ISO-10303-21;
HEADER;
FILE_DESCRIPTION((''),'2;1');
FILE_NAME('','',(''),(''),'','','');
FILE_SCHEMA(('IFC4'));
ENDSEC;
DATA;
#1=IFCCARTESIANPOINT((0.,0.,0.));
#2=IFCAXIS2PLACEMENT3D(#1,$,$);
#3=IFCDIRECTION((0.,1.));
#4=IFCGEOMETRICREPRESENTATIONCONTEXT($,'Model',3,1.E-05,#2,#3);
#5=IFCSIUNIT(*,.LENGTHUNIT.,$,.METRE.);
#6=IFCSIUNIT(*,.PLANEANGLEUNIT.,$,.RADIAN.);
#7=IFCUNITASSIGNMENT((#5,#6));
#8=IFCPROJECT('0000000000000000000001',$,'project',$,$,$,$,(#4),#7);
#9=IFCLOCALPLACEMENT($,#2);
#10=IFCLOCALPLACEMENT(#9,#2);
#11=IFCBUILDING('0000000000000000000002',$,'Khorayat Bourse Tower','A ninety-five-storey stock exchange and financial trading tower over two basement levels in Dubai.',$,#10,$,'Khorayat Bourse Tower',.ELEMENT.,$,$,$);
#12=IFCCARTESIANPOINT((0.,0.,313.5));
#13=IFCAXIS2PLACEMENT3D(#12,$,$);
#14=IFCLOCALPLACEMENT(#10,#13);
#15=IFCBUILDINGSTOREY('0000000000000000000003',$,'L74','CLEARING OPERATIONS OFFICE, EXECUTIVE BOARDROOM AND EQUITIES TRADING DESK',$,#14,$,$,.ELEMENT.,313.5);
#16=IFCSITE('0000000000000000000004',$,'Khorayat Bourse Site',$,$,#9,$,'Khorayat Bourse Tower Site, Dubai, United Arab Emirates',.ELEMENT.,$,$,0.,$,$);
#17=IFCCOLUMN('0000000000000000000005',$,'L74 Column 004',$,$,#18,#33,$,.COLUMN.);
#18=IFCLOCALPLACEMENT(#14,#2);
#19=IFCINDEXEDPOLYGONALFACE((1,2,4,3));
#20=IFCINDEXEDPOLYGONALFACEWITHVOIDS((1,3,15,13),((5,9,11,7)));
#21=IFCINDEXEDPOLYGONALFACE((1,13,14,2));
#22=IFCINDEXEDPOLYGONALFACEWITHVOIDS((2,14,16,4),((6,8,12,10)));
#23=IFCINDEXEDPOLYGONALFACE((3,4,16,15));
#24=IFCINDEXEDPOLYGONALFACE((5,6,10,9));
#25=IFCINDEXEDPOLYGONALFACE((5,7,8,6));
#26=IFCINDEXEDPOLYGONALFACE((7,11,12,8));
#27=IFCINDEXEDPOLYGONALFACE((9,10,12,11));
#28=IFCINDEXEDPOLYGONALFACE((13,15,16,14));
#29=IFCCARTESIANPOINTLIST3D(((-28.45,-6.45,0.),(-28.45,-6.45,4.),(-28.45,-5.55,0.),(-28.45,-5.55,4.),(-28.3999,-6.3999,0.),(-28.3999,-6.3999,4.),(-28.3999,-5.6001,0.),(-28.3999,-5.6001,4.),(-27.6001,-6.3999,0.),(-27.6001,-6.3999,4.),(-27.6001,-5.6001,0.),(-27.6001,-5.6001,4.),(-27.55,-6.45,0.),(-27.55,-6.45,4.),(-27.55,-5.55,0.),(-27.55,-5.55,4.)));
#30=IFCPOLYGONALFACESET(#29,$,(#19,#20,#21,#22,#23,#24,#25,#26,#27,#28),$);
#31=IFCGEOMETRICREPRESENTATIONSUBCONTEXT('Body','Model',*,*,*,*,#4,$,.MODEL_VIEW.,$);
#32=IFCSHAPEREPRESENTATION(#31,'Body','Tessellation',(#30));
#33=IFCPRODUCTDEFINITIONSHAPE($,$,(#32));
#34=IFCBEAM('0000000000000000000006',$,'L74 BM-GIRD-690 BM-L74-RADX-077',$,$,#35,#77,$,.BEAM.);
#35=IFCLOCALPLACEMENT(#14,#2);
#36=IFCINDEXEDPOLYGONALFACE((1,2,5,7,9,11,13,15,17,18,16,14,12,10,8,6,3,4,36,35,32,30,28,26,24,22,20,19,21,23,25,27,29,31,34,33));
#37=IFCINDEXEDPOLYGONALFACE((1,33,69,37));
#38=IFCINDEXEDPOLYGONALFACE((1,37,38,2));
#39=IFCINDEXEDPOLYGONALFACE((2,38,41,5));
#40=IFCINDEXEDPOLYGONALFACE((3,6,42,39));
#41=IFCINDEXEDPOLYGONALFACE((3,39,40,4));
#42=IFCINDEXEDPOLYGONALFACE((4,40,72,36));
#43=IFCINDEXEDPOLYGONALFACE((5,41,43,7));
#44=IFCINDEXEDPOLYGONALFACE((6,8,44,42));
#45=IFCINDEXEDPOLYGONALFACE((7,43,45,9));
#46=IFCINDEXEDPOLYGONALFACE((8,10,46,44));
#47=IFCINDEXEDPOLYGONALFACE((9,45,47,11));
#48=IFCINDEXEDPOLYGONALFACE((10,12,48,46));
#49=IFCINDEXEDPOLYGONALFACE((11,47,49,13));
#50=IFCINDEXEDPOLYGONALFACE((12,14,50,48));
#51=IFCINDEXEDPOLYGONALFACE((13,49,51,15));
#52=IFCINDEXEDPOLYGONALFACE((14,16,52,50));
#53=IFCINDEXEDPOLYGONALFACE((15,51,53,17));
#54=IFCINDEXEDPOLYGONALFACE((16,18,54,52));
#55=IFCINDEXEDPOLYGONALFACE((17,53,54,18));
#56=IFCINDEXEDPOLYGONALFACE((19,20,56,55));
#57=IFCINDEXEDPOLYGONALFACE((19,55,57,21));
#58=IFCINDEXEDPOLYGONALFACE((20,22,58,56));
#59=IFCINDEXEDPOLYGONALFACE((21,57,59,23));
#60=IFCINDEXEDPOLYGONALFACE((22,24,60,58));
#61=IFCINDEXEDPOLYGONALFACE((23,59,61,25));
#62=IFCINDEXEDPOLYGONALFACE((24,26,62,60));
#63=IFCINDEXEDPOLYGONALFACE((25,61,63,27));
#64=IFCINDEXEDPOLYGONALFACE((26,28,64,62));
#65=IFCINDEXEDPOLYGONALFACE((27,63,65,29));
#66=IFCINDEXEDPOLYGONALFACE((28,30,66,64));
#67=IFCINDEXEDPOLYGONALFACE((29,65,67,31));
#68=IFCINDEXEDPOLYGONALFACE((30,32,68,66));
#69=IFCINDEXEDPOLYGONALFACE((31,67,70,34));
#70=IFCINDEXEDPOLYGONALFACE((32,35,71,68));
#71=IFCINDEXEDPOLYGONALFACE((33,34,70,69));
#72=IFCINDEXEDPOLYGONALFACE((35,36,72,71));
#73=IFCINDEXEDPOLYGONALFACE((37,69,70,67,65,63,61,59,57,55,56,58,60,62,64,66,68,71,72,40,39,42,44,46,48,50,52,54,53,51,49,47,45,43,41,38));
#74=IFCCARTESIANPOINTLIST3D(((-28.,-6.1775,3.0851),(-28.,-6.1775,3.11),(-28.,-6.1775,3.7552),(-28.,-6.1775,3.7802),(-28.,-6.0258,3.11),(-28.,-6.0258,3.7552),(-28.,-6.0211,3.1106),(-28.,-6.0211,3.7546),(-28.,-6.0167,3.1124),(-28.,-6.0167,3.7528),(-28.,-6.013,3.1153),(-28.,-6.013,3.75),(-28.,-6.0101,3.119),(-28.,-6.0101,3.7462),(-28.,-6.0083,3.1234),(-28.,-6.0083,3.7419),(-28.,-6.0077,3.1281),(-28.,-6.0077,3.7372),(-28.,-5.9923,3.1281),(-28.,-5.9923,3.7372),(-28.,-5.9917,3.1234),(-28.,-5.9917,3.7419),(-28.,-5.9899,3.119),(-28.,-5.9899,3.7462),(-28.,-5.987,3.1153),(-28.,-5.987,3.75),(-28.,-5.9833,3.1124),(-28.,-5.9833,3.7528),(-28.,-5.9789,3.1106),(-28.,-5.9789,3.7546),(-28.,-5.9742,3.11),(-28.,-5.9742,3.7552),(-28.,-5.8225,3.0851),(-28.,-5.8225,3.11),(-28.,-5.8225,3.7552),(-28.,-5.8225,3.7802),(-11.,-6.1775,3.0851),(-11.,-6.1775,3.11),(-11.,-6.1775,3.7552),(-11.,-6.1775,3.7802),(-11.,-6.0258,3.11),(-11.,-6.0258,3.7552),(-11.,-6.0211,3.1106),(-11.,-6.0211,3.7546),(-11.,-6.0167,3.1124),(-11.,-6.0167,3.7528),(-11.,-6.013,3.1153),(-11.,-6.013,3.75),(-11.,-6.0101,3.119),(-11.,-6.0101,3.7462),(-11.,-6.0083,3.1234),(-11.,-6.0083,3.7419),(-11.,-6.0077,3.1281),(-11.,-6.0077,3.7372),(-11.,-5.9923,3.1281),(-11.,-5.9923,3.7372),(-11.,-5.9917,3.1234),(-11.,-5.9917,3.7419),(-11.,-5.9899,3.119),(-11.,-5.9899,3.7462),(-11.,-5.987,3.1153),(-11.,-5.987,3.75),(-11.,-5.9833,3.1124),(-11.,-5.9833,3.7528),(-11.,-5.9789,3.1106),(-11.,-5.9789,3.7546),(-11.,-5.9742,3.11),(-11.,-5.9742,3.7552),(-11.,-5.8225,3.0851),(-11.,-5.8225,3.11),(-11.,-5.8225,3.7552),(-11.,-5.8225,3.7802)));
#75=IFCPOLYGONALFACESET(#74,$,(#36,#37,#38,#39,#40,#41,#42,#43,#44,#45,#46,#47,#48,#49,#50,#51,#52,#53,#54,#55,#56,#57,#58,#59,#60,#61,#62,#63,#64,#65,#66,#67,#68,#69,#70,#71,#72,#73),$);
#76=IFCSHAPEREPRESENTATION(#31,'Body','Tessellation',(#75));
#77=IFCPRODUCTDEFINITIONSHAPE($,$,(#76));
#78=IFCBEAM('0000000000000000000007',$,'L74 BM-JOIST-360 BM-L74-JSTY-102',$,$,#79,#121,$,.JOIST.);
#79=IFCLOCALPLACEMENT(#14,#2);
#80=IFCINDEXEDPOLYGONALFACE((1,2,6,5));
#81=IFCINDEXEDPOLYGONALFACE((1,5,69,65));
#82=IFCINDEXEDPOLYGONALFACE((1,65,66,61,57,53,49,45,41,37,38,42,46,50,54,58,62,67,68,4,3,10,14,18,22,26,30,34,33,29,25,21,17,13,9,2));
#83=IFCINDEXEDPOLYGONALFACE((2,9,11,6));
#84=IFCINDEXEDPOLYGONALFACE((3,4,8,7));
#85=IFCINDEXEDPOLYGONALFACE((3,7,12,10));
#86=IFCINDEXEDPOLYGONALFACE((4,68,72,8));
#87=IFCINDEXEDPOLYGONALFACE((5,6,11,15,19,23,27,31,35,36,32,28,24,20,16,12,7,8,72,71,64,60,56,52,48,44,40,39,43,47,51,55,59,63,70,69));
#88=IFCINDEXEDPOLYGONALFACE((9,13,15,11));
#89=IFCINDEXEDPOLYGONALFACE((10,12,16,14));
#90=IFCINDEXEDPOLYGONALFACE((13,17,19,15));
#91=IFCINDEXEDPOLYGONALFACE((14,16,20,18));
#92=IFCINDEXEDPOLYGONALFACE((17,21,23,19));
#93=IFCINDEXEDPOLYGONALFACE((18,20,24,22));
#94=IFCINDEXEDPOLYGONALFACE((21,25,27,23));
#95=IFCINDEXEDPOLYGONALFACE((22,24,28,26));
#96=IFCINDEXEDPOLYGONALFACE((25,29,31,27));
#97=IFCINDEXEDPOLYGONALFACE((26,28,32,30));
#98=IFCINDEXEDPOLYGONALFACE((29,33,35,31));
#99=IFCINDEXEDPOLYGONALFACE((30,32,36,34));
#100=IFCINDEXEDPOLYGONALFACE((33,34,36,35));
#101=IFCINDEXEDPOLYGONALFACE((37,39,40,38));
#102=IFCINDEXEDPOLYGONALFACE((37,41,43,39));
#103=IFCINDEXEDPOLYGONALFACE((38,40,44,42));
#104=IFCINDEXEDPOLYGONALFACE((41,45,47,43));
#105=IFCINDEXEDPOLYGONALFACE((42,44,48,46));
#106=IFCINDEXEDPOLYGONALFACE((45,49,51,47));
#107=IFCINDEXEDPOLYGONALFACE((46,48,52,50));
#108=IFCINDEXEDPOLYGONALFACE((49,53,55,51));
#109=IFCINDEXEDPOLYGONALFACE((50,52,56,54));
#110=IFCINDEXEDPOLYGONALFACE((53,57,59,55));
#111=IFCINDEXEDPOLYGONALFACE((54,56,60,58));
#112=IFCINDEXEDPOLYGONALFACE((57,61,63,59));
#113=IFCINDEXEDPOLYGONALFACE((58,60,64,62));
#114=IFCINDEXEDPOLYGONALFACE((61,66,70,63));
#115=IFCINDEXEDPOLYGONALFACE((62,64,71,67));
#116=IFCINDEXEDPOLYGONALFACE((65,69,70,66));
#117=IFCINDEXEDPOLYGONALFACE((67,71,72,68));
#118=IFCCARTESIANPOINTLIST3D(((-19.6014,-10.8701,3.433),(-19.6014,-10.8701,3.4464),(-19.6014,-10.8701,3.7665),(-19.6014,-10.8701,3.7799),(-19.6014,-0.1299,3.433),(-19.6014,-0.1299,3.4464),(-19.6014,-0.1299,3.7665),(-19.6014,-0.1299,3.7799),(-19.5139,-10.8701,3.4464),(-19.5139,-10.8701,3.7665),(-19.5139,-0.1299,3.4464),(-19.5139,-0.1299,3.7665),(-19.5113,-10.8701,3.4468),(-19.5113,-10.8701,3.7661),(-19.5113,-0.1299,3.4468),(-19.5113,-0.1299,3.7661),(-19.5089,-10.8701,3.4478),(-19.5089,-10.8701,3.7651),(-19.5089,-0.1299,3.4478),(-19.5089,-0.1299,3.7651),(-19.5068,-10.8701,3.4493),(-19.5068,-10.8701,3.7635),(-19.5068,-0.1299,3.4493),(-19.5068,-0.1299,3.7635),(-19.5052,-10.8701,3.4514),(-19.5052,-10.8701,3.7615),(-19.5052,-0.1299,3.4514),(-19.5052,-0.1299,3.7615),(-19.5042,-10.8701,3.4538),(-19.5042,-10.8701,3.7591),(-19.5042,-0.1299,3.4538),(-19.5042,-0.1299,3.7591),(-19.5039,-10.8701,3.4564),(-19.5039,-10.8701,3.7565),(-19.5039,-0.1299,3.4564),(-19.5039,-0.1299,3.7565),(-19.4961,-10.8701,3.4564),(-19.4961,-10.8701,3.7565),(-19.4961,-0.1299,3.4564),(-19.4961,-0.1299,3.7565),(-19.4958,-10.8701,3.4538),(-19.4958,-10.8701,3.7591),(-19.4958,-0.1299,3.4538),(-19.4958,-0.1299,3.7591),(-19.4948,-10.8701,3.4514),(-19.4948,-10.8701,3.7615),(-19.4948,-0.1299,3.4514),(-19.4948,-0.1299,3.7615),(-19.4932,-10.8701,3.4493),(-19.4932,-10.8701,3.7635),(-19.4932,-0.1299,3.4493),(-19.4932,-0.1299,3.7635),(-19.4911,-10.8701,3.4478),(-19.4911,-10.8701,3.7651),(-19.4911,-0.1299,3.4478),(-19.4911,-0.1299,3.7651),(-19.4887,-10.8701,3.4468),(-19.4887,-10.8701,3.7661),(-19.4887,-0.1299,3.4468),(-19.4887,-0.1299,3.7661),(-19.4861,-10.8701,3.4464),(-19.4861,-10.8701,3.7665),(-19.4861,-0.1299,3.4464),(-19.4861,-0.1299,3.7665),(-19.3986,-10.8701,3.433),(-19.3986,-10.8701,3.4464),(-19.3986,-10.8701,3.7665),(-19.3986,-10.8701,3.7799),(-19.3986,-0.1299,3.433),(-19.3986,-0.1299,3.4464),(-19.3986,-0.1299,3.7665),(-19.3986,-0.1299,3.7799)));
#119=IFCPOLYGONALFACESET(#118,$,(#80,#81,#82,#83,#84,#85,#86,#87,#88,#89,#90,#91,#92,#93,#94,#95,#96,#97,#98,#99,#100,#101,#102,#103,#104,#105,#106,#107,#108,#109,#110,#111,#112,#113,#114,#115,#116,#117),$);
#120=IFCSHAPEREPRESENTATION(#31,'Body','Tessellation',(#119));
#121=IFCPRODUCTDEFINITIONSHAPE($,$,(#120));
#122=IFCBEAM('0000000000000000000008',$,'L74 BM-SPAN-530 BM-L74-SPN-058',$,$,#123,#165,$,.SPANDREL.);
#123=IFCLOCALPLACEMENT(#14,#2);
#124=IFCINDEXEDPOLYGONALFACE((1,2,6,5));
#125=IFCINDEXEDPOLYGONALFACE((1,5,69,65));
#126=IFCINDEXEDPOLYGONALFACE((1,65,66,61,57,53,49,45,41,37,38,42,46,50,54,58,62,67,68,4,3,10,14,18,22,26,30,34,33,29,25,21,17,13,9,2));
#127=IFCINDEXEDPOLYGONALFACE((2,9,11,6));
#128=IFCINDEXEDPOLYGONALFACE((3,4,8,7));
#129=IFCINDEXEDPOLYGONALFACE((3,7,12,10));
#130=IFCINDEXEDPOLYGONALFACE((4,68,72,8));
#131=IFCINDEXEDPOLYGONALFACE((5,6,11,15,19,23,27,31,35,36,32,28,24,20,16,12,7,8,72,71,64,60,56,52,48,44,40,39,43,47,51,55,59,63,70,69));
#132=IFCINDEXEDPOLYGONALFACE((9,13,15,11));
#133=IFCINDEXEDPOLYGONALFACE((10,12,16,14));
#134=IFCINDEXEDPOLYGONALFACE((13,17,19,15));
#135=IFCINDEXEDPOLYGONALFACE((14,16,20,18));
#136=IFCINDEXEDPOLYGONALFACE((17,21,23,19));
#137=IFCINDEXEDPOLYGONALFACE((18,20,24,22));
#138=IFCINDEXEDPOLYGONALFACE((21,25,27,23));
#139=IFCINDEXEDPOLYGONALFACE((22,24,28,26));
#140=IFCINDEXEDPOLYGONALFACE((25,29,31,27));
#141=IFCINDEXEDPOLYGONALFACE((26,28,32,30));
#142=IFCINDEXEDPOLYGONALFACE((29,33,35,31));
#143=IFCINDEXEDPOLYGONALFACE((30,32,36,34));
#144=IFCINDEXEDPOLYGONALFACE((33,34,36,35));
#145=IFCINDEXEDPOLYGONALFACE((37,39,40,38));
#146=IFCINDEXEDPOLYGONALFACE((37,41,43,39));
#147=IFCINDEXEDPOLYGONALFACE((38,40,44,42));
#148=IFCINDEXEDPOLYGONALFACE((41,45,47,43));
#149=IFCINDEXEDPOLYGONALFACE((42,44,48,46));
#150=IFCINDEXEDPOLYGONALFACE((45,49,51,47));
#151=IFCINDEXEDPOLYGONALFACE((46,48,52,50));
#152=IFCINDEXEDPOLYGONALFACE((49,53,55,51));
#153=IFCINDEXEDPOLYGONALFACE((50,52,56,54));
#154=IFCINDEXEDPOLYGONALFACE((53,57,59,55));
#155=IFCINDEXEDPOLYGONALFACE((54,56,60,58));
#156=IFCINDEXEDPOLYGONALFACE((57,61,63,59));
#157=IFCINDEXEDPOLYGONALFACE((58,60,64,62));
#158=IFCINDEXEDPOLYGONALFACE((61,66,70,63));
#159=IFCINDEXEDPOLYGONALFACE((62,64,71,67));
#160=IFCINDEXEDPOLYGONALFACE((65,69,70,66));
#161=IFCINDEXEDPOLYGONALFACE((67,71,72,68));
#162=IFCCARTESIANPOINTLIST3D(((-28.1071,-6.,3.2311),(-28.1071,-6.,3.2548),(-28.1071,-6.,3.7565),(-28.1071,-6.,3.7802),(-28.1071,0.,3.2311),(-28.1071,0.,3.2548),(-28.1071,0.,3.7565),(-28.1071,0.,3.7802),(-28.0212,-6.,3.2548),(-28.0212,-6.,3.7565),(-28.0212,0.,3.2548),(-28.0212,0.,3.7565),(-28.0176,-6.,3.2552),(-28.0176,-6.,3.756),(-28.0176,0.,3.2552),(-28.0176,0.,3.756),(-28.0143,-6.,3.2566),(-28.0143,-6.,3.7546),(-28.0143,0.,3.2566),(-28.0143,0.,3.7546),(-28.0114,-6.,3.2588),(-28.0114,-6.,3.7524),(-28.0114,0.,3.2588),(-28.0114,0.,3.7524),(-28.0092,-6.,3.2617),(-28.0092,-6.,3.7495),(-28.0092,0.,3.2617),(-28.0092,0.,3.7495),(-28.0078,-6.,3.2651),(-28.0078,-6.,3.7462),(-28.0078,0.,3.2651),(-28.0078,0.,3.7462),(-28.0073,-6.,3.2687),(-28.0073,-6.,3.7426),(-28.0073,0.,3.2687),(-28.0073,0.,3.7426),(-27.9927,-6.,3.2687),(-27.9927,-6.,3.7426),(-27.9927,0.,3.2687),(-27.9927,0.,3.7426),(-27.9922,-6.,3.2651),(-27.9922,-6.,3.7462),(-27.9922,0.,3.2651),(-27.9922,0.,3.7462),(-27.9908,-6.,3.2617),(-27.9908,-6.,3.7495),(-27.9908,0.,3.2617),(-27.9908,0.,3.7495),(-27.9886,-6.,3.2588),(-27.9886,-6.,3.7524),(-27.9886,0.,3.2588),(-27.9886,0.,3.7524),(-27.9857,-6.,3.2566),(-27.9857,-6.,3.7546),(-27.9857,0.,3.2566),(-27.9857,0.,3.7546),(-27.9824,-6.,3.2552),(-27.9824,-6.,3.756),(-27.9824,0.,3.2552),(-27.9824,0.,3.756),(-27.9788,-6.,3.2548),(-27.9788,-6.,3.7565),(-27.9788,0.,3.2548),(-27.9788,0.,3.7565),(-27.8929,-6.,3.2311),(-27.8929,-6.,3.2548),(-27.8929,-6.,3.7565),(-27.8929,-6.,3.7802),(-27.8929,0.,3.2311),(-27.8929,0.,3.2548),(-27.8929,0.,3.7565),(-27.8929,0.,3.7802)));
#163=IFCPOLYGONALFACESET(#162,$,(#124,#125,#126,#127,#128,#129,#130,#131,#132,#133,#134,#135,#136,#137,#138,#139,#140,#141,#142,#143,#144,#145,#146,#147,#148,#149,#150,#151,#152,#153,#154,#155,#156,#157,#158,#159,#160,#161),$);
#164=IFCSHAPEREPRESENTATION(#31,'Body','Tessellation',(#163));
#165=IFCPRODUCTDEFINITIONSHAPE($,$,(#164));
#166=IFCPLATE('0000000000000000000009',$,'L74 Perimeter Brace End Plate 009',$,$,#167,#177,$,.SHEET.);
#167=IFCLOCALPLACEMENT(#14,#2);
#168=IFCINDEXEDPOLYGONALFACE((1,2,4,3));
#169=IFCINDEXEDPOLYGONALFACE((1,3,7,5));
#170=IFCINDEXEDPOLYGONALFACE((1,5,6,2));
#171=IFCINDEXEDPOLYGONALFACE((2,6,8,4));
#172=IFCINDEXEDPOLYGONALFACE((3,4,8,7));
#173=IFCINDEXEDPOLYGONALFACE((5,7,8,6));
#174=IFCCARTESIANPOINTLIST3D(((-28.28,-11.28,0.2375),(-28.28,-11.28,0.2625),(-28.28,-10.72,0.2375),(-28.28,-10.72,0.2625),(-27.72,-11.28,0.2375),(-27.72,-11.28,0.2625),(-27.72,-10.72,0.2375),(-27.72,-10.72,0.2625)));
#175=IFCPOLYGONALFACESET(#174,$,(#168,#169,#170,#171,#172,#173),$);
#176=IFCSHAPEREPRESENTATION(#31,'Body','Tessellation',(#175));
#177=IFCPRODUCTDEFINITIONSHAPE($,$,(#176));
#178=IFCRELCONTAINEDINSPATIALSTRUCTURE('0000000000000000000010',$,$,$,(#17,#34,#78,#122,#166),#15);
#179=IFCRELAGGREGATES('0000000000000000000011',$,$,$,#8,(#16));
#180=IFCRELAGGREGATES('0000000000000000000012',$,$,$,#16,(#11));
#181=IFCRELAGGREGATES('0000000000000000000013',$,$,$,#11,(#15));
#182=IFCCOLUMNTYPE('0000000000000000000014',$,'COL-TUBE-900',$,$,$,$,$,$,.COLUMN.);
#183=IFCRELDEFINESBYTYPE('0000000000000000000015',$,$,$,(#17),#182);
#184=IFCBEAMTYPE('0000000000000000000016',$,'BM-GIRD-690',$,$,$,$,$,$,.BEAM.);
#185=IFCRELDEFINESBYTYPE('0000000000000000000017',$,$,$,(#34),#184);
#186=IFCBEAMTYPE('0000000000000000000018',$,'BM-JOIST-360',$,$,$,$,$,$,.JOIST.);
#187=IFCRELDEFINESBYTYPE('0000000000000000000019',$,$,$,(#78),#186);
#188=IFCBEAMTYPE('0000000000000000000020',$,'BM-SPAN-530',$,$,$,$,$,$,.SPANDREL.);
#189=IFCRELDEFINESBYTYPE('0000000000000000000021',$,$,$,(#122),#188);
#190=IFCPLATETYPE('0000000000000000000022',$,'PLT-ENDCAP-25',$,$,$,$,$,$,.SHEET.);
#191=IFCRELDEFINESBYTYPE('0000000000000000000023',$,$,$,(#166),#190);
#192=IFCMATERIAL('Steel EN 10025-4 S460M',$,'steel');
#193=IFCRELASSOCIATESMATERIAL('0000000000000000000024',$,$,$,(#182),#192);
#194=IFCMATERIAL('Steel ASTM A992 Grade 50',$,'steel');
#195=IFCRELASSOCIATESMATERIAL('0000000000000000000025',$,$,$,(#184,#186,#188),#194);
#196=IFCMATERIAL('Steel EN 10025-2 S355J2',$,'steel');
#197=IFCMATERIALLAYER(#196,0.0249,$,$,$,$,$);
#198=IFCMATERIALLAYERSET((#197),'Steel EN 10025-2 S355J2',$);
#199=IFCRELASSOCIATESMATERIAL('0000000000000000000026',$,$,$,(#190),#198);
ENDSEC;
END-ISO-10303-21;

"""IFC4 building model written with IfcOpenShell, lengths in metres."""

from ifc_helpers import new_model, si_unit, direction, frame, origin, origin_2d, place, context, subcontext, project, spatial, rectangle, hollow_rectangle, i_section, extrude, source, transform, mapped, material, layer, layer_set, material_profile, profile_set, type_object, element, save


model = new_model("IFC4")

# Units and contexts
model_context = context("Model", 3, precision=1e-05, world=origin(), true_north=direction((0.0, 1.0)))
body_context = subcontext(model_context, "Body", "Model", "MODEL_VIEW")
ifc_project = project(units=[si_unit("LENGTHUNIT", "METRE"), si_unit("PLANEANGLEUNIT", "RADIAN")], contexts=[model_context])

# Site, building, storey
site_placement = place(None, origin())
site = spatial("IfcSite", under=ifc_project, at=site_placement, Name="Khorayat Bourse Site", LongName="Khorayat Bourse Tower Site, Dubai, United Arab Emirates", CompositionType="ELEMENT", RefElevation=0.0)
building_placement = place(site_placement, origin())
building = spatial("IfcBuilding", under=site, at=building_placement, Name="Khorayat Bourse Tower", Description="A ninety-five-storey stock exchange and financial trading tower over two basement levels in Dubai.", LongName="Khorayat Bourse Tower", CompositionType="ELEMENT")
storey_placement = place(building_placement, frame((0.0, 0.0, 313.5)))
storey = spatial("IfcBuildingStorey", under=building, at=storey_placement, Name="L74", Description="CLEARING OPERATIONS OFFICE, EXECUTIVE BOARDROOM AND EQUITIES TRADING DESK", CompositionType="ELEMENT", Elevation=313.5)

# Column
ifc_material_1 = material(Name="Steel EN 10025-4 S460M", Category="steel")
ifc_material_profile_1 = material_profile(ifc_material_1, hollow_rectangle(XDim=0.8999, YDim=0.8999, WallThickness=0.05, at=origin_2d()), Name="BOX 900x900x50")
ifc_profile_set_1 = profile_set([ifc_material_profile_1], Name="Steel EN 10025-4 S460M")
column_type = type_object("IfcColumnType", Name="COL-TUBE-900", PredefinedType="COLUMN", material=ifc_profile_set_1)
shared_shape_1 = source(origin(), body_context, "Body", "SweptSolid", [
    extrude(hollow_rectangle(XDim=0.8999, YDim=0.8999, WallThickness=0.05, at=origin_2d()), origin(), (0.0, 0.0, 1.0), 4.0),
])
column_placement = place(storey_placement, frame((-28.0, -6.0, 0.0), z_axis=(0.0, 0.0, 1.0), x_axis=(1.0, 0.0, 0.0)))
element("IfcColumn", 1, at=column_placement, inside=storey, type_object=column_type, Name="L74 Column 004", PredefinedType="COLUMN", context=body_context, shape_type="MappedRepresentation", body=[
    mapped(shared_shape_1, transform((0.0, 0.0, 0.0), scale=1.0)),
])

# Beams
ifc_material_2 = material(Name="Steel ASTM A992 Grade 50", Category="steel")
ifc_material_profile_2 = material_profile(ifc_material_2, i_section(OverallWidth=0.355, OverallDepth=0.6951, WebThickness=0.0154, FlangeThickness=0.0249, FilletRadius=0.0181, at=origin_2d()), Name="W690X217")
ifc_profile_set_2 = profile_set([ifc_material_profile_2], Name="Steel ASTM A992 Grade 50")
beam_type_1 = type_object("IfcBeamType", Name="BM-GIRD-690", PredefinedType="BEAM", material=ifc_profile_set_2)
shared_shape_2 = source(origin(), body_context, "Body", "SweptSolid", [
    extrude(i_section(OverallWidth=0.355, OverallDepth=0.6951, WebThickness=0.0154, FlangeThickness=0.0249, FilletRadius=0.0181, at=origin_2d()), origin(), (0.0, 0.0, 1.0), 17.0),
])
beam_1_placement = place(storey_placement, frame((-28.0, -6.0, 3.4326), z_axis=(1.0, 0.0, 0.0), x_axis=(0.0, 1.0, 0.0)))
element("IfcBeam", 2, at=beam_1_placement, inside=storey, type_object=beam_type_1, Name="L74 BM-GIRD-690 BM-L74-RADX-077", PredefinedType="BEAM", context=body_context, shape_type="MappedRepresentation", body=[
    mapped(shared_shape_2, transform((0.0, 0.0, 0.0), scale=1.0)),
])
ifc_material_profile_3 = material_profile(ifc_material_2, i_section(OverallWidth=0.2029, OverallDepth=0.3469, WebThickness=0.0078, FlangeThickness=0.0134, FilletRadius=0.01, at=origin_2d()), Name="W360X64")
ifc_profile_set_3 = profile_set([ifc_material_profile_3], Name="Steel ASTM A992 Grade 50")
beam_type_2 = type_object("IfcBeamType", Name="BM-JOIST-360", PredefinedType="JOIST", material=ifc_profile_set_3)
shared_shape_3 = source(origin(), body_context, "Body", "SweptSolid", [
    extrude(i_section(OverallWidth=0.2029, OverallDepth=0.3469, WebThickness=0.0078, FlangeThickness=0.0134, FilletRadius=0.01, at=origin_2d()), origin(), (0.0, 0.0, 1.0), 10.7402),
])
beam_2_placement = place(storey_placement, frame((-19.5, -10.8701, 3.6064), z_axis=(0.0, 1.0, 0.0), x_axis=(-1.0, 0.0, 0.0)))
element("IfcBeam", 3, at=beam_2_placement, inside=storey, type_object=beam_type_2, Name="L74 BM-JOIST-360 BM-L74-JSTY-102", PredefinedType="JOIST", context=body_context, shape_type="MappedRepresentation", body=[
    mapped(shared_shape_3, transform((0.0, 0.0, 0.0), scale=1.0)),
])
ifc_material_profile_4 = material_profile(ifc_material_2, i_section(OverallWidth=0.2141, OverallDepth=0.5491, WebThickness=0.0146, FlangeThickness=0.0237, FilletRadius=0.0139, at=origin_2d()), Name="W530X138")
ifc_profile_set_4 = profile_set([ifc_material_profile_4], Name="Steel ASTM A992 Grade 50")
beam_type_3 = type_object("IfcBeamType", Name="BM-SPAN-530", PredefinedType="SPANDREL", material=ifc_profile_set_4)
shared_shape_4 = source(origin(), body_context, "Body", "SweptSolid", [
    extrude(i_section(OverallWidth=0.2141, OverallDepth=0.5491, WebThickness=0.0146, FlangeThickness=0.0237, FilletRadius=0.0139, at=origin_2d()), origin(), (0.0, 0.0, 1.0), 6.0),
])
beam_3_placement = place(storey_placement, frame((-28.0, -6.0, 3.5056), z_axis=(0.0, 1.0, 0.0), x_axis=(-1.0, 0.0, 0.0)))
element("IfcBeam", 4, at=beam_3_placement, inside=storey, type_object=beam_type_3, Name="L74 BM-SPAN-530 BM-L74-SPN-058", PredefinedType="SPANDREL", context=body_context, shape_type="MappedRepresentation", body=[
    mapped(shared_shape_4, transform((0.0, 0.0, 0.0), scale=1.0)),
])

# Plate
ifc_material_3 = material(Name="Steel EN 10025-2 S355J2", Category="steel")
ifc_layer_1 = layer(ifc_material_3, 0.0249)
ifc_layer_set_1 = layer_set([ifc_layer_1], Name="Steel EN 10025-2 S355J2")
plate_type_1 = type_object("IfcPlateType", Name="PLT-ENDCAP-25", PredefinedType="SHEET", material=ifc_layer_set_1)
shared_shape_5 = source(origin(), body_context, "Body", "SweptSolid", [
    extrude(rectangle(XDim=0.5601, YDim=0.5601, at=origin_2d()), origin(), (0.0, 0.0, 1.0), 0.0249),
])
for number, where, z_axis, x_axis, name in (
    (5, (-28.0, -11.0, 0.2375), (0.0, 0.0, 1.0), (1.0, 0.0, 0.0), "L74 Perimeter Brace End Plate 009"),
):
    element("IfcPlate", number, at=place(storey_placement, frame(where, z_axis=z_axis, x_axis=x_axis)), inside=storey, type_object=plate_type_1, Name=name, PredefinedType="SHEET", context=body_context, shape_type="MappedRepresentation", body=[
        mapped(shared_shape_5, transform((0.0, 0.0, 0.0), scale=1.0)),
    ])

save(model, "model.ifc")
